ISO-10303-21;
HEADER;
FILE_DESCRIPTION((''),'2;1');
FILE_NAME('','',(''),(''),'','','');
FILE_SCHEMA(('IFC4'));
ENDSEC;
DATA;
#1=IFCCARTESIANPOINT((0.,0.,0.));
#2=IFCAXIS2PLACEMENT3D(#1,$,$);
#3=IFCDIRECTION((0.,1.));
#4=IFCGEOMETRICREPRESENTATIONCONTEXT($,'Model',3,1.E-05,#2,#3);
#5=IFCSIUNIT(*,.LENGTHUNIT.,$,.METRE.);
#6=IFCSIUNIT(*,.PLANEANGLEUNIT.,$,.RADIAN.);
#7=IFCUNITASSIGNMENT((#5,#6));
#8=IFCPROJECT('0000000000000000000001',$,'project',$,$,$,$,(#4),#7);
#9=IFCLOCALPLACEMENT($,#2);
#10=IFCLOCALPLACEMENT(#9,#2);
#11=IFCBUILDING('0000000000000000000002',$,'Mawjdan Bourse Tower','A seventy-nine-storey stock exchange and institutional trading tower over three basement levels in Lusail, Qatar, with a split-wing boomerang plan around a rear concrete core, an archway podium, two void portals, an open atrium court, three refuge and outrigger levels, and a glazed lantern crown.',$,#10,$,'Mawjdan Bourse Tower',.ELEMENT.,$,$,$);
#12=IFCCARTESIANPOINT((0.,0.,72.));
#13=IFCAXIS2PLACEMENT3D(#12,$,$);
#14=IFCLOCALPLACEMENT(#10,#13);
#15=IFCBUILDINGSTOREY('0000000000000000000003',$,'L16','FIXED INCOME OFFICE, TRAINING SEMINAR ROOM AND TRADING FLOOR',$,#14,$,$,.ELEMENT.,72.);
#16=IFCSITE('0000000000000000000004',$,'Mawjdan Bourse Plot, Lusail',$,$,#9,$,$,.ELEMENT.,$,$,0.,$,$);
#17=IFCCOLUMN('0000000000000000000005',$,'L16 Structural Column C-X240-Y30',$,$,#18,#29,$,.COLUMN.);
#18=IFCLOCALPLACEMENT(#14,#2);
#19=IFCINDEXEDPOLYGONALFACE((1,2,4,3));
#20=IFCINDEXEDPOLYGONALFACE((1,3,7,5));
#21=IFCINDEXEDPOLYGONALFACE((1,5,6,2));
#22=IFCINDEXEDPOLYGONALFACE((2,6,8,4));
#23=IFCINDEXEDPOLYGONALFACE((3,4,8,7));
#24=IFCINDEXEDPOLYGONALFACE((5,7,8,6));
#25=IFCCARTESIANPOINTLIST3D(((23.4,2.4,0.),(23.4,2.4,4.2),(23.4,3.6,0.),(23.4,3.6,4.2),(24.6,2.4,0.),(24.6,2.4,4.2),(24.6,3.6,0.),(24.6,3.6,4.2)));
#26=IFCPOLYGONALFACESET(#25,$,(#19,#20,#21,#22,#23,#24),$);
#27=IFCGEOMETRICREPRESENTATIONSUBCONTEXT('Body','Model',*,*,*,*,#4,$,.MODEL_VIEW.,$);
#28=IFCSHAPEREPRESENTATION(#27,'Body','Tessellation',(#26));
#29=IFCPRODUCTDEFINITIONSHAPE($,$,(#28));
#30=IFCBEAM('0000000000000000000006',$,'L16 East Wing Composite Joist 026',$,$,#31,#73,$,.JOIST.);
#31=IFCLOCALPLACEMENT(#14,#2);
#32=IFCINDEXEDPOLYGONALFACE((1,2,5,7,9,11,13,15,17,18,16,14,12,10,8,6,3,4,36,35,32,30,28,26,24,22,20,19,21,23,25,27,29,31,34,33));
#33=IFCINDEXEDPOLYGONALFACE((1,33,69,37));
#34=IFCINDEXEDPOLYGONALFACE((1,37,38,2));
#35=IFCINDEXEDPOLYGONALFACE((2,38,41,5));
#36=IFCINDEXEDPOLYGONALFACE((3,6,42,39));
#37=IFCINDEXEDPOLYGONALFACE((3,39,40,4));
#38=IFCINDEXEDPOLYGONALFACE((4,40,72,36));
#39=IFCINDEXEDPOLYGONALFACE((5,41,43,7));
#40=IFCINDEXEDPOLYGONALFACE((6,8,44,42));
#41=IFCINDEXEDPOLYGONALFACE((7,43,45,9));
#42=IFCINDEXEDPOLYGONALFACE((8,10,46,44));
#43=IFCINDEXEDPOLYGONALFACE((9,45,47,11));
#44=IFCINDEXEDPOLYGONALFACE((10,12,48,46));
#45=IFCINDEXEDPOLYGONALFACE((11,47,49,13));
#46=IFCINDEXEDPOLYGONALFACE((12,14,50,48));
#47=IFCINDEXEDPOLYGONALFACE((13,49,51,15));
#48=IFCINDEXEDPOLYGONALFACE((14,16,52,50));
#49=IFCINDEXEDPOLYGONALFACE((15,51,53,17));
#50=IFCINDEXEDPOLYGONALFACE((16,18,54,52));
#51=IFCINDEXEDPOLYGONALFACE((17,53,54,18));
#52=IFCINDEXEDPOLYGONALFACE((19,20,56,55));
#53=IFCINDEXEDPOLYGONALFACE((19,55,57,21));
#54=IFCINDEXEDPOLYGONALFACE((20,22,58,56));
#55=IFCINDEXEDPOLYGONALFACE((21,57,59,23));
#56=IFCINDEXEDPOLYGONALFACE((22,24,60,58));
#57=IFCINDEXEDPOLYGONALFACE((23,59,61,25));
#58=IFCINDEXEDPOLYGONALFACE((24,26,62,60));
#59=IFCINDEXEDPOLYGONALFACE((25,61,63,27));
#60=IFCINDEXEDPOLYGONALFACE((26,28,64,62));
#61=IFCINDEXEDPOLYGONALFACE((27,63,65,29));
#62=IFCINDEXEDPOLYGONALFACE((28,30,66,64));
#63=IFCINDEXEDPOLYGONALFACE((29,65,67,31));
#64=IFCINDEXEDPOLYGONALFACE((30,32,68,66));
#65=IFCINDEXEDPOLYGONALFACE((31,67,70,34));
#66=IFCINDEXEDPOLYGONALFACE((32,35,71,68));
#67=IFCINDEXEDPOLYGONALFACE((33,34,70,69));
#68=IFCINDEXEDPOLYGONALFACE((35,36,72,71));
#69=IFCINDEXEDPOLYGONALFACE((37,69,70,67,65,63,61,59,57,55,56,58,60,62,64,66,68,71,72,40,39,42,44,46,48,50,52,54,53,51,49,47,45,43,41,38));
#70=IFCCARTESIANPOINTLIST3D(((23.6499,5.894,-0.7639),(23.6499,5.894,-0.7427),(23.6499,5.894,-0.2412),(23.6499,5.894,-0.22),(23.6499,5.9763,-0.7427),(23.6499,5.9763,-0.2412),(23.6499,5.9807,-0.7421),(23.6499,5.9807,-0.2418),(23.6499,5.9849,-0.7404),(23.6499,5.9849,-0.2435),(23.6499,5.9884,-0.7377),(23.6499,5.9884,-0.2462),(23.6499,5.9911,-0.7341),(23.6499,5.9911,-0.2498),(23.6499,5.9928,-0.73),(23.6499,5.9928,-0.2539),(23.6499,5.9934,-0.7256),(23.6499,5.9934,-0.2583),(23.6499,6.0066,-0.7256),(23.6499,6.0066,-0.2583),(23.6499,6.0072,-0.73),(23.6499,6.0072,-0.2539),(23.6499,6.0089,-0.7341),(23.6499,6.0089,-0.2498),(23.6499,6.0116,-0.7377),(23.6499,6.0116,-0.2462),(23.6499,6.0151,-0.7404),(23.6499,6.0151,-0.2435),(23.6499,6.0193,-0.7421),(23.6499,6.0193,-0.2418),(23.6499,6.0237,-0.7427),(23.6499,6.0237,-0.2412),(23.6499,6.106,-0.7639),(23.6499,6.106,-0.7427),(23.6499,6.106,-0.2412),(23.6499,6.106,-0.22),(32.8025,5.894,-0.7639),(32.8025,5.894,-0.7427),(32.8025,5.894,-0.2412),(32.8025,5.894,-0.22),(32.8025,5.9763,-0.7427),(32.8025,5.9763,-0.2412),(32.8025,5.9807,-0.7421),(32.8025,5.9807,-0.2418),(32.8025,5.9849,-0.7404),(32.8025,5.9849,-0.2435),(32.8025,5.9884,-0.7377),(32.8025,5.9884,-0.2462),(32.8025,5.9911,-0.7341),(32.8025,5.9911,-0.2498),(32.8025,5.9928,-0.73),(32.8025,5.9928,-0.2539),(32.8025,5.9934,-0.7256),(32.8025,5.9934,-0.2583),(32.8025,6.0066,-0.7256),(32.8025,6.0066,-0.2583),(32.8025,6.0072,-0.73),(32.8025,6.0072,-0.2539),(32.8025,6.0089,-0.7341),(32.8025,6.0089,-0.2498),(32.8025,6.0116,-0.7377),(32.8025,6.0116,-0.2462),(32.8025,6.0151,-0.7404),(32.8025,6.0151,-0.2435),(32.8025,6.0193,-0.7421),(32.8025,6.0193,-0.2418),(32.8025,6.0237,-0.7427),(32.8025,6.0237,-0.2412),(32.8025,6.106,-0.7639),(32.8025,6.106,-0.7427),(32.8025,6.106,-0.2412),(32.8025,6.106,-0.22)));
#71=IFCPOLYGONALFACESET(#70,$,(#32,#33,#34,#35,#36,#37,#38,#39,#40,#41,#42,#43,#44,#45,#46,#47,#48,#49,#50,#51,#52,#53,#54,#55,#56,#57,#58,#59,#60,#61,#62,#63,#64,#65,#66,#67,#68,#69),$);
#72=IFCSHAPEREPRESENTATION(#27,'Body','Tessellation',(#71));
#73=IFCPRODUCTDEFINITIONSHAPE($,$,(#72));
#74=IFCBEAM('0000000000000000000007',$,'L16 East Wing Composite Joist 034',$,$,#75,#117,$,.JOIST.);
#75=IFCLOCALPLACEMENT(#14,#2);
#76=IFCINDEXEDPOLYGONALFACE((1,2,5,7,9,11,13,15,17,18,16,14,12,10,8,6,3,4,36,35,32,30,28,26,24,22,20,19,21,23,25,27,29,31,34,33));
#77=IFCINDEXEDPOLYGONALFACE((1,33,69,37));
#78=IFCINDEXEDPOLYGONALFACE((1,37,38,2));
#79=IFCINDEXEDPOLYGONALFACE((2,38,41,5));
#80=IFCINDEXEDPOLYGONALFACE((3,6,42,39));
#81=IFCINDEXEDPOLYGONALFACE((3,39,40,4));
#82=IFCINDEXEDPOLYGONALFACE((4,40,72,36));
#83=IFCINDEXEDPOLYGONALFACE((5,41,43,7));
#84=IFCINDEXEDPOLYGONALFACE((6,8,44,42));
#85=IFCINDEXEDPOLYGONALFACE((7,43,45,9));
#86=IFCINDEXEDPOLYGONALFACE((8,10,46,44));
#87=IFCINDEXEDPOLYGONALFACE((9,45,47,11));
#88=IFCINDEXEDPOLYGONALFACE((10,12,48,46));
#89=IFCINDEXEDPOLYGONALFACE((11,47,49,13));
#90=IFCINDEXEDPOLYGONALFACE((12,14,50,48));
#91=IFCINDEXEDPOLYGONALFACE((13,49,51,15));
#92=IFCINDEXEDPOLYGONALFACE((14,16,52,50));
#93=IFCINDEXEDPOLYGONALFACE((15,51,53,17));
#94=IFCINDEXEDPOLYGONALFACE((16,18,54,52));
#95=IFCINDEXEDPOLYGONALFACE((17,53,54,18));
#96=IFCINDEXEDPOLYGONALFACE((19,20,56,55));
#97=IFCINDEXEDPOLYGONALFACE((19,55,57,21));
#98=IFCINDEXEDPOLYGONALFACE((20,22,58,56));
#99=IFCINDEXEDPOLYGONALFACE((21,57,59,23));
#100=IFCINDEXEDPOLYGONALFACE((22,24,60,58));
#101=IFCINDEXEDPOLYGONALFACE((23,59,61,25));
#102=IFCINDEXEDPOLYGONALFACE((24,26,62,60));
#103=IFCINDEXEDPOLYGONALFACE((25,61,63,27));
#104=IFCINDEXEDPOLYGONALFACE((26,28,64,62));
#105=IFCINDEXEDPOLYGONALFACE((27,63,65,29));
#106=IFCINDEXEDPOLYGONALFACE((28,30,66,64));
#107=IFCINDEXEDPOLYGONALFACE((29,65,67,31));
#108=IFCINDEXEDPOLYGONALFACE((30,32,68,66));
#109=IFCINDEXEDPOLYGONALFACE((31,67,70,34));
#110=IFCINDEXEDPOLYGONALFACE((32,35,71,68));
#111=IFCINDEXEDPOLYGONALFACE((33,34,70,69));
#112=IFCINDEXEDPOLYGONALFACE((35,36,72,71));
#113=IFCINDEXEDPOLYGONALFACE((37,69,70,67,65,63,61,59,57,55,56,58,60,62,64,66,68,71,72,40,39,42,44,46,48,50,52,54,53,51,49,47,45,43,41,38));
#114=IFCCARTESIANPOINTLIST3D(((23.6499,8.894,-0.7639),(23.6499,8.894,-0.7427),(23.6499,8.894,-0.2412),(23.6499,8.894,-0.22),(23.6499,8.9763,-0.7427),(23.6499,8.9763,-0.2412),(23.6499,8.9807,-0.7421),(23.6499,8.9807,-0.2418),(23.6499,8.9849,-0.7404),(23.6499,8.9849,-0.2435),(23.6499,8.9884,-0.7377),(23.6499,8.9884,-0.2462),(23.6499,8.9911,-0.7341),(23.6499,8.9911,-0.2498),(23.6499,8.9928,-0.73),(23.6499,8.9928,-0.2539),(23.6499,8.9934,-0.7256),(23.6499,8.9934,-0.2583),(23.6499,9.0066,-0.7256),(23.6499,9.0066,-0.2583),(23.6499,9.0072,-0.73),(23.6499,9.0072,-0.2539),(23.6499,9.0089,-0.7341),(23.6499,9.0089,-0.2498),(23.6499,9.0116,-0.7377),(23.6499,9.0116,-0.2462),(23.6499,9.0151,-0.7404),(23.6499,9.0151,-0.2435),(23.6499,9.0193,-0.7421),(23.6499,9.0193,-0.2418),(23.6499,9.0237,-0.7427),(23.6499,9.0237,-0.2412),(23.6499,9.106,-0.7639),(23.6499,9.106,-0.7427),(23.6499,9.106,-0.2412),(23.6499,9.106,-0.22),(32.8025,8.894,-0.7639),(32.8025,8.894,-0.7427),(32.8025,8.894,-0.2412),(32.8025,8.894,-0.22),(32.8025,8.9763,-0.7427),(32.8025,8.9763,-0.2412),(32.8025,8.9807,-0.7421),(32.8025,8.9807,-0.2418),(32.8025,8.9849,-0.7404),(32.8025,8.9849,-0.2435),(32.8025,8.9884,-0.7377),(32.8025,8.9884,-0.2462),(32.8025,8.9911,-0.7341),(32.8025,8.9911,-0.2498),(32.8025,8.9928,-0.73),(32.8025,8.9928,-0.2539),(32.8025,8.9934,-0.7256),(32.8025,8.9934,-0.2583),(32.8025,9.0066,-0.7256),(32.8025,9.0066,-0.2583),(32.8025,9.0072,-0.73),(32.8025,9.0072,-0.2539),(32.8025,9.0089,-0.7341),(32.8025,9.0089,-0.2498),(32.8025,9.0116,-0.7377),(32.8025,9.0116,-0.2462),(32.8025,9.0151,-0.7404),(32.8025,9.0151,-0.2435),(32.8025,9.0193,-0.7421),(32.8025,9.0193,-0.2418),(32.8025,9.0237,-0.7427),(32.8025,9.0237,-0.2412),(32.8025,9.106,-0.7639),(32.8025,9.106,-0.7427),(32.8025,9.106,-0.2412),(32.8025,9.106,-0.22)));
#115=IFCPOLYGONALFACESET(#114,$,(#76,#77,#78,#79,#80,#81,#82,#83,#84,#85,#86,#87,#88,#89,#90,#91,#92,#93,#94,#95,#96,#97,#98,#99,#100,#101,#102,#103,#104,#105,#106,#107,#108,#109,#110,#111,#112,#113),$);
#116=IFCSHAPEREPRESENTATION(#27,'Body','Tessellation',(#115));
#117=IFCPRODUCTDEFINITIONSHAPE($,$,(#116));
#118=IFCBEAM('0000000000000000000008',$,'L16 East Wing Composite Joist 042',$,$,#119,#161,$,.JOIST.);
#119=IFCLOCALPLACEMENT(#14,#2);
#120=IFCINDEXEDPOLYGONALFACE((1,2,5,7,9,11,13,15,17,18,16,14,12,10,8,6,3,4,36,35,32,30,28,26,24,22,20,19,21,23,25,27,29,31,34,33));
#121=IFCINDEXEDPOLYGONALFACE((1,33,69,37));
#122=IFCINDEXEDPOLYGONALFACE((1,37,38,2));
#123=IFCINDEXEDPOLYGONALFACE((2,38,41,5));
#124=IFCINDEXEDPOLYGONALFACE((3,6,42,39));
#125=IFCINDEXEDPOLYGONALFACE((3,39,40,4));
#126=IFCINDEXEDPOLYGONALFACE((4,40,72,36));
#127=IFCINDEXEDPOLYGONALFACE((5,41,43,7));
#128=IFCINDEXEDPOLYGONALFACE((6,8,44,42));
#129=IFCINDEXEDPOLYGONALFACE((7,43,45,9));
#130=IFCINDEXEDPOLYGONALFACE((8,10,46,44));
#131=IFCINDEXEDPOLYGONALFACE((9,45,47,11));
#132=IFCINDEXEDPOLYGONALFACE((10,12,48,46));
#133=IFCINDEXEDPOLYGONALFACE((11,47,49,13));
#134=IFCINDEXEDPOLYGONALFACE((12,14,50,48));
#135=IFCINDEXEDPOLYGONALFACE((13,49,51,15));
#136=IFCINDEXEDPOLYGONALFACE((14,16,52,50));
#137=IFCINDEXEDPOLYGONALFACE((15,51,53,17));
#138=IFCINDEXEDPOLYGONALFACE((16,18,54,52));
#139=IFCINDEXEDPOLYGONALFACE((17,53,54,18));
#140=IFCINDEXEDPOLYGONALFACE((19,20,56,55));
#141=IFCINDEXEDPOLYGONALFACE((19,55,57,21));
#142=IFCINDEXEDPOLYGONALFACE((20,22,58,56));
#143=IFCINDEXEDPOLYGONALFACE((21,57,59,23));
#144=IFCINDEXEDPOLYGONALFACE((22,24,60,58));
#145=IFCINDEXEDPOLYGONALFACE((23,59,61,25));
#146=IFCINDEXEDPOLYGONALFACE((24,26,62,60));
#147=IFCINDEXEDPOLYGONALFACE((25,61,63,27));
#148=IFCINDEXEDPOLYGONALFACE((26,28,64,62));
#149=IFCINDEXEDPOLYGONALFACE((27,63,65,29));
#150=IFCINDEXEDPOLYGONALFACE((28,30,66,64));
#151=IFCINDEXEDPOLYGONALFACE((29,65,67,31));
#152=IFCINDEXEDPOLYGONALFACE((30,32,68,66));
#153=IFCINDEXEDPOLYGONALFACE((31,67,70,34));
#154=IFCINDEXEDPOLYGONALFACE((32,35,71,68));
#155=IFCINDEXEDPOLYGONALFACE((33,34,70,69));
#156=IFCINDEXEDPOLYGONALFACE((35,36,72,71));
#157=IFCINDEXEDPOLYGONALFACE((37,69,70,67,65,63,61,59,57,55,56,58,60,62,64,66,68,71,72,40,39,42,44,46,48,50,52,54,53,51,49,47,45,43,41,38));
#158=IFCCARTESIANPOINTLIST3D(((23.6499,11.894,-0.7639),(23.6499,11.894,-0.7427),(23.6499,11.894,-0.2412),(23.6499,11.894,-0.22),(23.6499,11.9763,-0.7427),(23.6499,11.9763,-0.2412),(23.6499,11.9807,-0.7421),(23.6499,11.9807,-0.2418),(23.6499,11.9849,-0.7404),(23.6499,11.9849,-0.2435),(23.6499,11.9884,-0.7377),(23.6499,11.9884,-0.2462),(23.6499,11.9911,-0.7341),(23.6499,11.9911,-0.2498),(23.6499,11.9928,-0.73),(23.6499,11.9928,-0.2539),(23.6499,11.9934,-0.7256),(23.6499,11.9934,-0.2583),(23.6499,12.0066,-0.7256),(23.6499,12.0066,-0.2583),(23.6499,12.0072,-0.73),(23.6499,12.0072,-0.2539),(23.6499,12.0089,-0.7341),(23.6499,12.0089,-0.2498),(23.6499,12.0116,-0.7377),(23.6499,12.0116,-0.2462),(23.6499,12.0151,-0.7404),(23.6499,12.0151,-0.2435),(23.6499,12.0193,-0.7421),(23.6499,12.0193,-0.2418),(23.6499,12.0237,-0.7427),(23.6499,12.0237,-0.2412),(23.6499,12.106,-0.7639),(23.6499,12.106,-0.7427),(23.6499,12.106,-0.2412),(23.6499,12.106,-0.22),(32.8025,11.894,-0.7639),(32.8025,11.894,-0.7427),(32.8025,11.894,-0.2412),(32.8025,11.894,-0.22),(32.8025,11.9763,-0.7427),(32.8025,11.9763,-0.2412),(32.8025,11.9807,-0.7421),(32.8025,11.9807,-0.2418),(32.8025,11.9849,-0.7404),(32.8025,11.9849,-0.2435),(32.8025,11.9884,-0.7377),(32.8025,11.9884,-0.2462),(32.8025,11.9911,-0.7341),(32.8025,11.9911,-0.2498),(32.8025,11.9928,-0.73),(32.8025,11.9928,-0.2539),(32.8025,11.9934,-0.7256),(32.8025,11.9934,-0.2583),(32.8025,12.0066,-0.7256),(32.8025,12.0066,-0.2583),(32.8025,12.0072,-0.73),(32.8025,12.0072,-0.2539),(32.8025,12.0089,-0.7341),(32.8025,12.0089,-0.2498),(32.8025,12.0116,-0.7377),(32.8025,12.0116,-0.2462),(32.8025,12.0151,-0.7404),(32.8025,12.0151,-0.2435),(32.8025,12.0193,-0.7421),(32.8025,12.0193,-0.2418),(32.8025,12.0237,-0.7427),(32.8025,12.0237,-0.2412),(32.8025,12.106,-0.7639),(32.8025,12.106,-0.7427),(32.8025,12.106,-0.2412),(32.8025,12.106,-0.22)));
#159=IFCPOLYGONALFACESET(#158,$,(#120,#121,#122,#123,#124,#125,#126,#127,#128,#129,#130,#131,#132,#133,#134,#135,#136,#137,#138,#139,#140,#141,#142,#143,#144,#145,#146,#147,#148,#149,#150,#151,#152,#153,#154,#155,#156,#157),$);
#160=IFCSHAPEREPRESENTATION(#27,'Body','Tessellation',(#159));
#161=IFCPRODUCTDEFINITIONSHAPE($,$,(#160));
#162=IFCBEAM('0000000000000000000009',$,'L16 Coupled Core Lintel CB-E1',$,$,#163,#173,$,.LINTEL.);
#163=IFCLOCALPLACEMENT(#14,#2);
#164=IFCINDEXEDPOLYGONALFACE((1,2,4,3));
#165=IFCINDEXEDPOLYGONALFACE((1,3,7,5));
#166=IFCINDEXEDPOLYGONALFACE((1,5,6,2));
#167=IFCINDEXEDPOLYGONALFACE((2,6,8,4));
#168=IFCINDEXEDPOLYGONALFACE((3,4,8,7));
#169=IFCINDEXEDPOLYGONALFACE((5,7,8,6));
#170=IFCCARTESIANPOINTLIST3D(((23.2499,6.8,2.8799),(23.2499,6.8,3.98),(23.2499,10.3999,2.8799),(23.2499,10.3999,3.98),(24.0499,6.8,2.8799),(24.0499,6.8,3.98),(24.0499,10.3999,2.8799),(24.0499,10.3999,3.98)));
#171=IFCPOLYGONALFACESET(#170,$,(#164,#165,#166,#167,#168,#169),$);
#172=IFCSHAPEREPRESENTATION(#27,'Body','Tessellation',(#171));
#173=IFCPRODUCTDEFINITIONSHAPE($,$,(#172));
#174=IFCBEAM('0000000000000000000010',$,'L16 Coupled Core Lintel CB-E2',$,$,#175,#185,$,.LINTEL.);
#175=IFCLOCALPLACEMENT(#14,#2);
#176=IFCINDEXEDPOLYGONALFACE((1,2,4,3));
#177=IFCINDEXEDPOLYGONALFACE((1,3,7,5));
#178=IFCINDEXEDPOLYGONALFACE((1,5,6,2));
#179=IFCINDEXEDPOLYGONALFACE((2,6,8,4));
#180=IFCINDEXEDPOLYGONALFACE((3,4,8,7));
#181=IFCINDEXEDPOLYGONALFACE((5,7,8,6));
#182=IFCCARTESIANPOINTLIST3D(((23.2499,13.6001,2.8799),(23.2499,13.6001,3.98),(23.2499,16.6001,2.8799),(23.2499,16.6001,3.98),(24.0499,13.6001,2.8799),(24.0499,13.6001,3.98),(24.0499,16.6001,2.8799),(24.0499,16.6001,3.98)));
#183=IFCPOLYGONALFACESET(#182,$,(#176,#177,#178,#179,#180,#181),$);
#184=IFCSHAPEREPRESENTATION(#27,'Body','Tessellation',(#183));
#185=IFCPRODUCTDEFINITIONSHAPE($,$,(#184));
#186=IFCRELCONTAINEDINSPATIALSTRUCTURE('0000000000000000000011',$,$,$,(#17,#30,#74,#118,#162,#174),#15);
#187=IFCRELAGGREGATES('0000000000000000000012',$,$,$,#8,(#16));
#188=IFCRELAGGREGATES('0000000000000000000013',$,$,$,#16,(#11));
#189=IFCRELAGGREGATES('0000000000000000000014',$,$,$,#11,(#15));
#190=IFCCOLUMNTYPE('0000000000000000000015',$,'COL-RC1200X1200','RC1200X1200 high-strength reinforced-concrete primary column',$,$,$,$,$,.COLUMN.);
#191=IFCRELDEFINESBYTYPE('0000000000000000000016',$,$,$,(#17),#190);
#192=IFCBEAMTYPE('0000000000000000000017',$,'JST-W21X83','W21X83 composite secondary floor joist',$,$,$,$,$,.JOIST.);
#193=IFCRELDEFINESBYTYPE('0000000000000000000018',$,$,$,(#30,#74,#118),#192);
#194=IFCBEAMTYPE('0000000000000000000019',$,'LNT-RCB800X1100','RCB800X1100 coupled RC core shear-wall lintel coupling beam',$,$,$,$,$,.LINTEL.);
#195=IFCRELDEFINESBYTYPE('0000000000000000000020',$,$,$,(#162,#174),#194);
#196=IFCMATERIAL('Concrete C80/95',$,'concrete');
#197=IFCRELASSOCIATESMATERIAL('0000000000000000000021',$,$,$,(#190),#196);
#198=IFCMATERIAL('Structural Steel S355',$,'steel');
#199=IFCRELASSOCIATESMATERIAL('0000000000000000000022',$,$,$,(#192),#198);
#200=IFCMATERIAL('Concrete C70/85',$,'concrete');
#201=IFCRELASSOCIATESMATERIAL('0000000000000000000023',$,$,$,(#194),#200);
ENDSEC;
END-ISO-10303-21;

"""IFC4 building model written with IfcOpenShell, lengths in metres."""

from ifc_helpers import new_model, si_unit, direction, frame, origin, origin_2d, place, context, subcontext, project, spatial, rectangle, i_section, extrude, material, material_profile, profile_set, type_object, element, save


model = new_model("IFC4")

# Units and contexts
model_context = context("Model", 3, precision=1e-05, world=origin(), true_north=direction((0.0, 1.0)))
body_context = subcontext(model_context, "Body", "Model", "MODEL_VIEW")
ifc_project = project(units=[si_unit("LENGTHUNIT", "METRE"), si_unit("PLANEANGLEUNIT", "RADIAN")], contexts=[model_context])

# Site, building, storey
site_placement = place(None, origin())
site = spatial("IfcSite", under=ifc_project, at=site_placement, Name="Mawjdan Bourse Plot, Lusail", CompositionType="ELEMENT", RefElevation=0.0)
building_placement = place(site_placement, origin())
building = spatial("IfcBuilding", under=site, at=building_placement, Name="Mawjdan Bourse Tower", Description="A seventy-nine-storey stock exchange and institutional trading tower over three basement levels in Lusail, Qatar, with a split-wing boomerang plan around a rear concrete core, an archway podium, two void portals, an open atrium court, three refuge and outrigger levels, and a glazed lantern crown.", LongName="Mawjdan Bourse Tower", CompositionType="ELEMENT")
storey_placement = place(building_placement, frame((0.0, 0.0, 72.0)))
storey = spatial("IfcBuildingStorey", under=building, at=storey_placement, Name="L16", Description="FIXED INCOME OFFICE, TRAINING SEMINAR ROOM AND TRADING FLOOR", CompositionType="ELEMENT", Elevation=72.0)

# Column
ifc_material_1 = material(Name="Concrete C80/95", Category="concrete")
ifc_material_profile_1 = material_profile(ifc_material_1, rectangle(XDim=1.2, YDim=1.2, at=origin_2d()), Name="RC1200X1200")
ifc_profile_set_1 = profile_set([ifc_material_profile_1], Name="Concrete C80/95")
column_type = type_object("IfcColumnType", Name="COL-RC1200X1200", Description="RC1200X1200 high-strength reinforced-concrete primary column", PredefinedType="COLUMN", material=ifc_profile_set_1)
column_placement = place(storey_placement, frame((24.0, 3.0, 0.0), z_axis=(0.0, 0.0, 1.0), x_axis=(1.0, 0.0, 0.0)))
element("IfcColumn", 1, at=column_placement, inside=storey, type_object=column_type, Name="L16 Structural Column C-X240-Y30", PredefinedType="COLUMN", context=body_context, shape_type="SweptSolid", body=[
    extrude(rectangle(XDim=1.2, YDim=1.2, at=origin_2d()), origin(), (0.0, 0.0, 1.0), 4.2),
])

# Beams
ifc_material_2 = material(Name="Structural Steel S355", Category="steel")
ifc_material_profile_2 = material_profile(ifc_material_2, i_section(OverallWidth=0.2119, OverallDepth=0.5439, WebThickness=0.0132, FlangeThickness=0.0212, FilletRadius=0.0171, at=origin_2d()), Name="W21X83")
ifc_profile_set_2 = profile_set([ifc_material_profile_2], Name="Structural Steel S355")
beam_type_1 = type_object("IfcBeamType", Name="JST-W21X83", Description="W21X83 composite secondary floor joist", PredefinedType="JOIST", material=ifc_profile_set_2)
for number, where, z_axis, x_axis, name in (
    (2, (23.6499, 6.0, -0.4919), (1.0, 0.0, 0.0), (0.0, 1.0, 0.0), "L16 East Wing Composite Joist 026"),
    (3, (23.6499, 9.0, -0.4919), (1.0, 0.0, 0.0), (0.0, 1.0, 0.0), "L16 East Wing Composite Joist 034"),
    (4, (23.6499, 12.0, -0.4919), (1.0, 0.0, 0.0), (0.0, 1.0, 0.0), "L16 East Wing Composite Joist 042"),
):
    element("IfcBeam", number, at=place(storey_placement, frame(where, z_axis=z_axis, x_axis=x_axis)), inside=storey, type_object=beam_type_1, Name=name, PredefinedType="JOIST", context=body_context, shape_type="SweptSolid", body=[
        extrude(i_section(OverallWidth=0.2119, OverallDepth=0.5439, WebThickness=0.0132, FlangeThickness=0.0212, FilletRadius=0.0171, at=origin_2d()), origin(), (0.0, 0.0, 1.0), 9.1526),
    ])
ifc_material_3 = material(Name="Concrete C70/85", Category="concrete")
ifc_material_profile_3 = material_profile(ifc_material_3, rectangle(XDim=0.8, YDim=1.1001, at=origin_2d()), Name="RCB800X1100")
ifc_profile_set_3 = profile_set([ifc_material_profile_3], Name="Concrete C70/85")
beam_type_2 = type_object("IfcBeamType", Name="LNT-RCB800X1100", Description="RCB800X1100 coupled RC core shear-wall lintel coupling beam", PredefinedType="LINTEL", material=ifc_profile_set_3)
beam_1_placement = place(storey_placement, frame((23.6499, 6.8, 3.4299), z_axis=(0.0, 1.0, 0.0), x_axis=(-1.0, 0.0, 0.0)))
element("IfcBeam", 5, at=beam_1_placement, inside=storey, type_object=beam_type_2, Name="L16 Coupled Core Lintel CB-E1", PredefinedType="LINTEL", context=body_context, shape_type="SweptSolid", body=[
    extrude(rectangle(XDim=0.8, YDim=1.1001, at=origin_2d()), origin(), (0.0, 0.0, 1.0), 3.5999),
])
beam_2_placement = place(storey_placement, frame((23.6499, 13.6001, 3.4299), z_axis=(0.0, 1.0, 0.0), x_axis=(-1.0, 0.0, 0.0)))
element("IfcBeam", 6, at=beam_2_placement, inside=storey, type_object=beam_type_2, Name="L16 Coupled Core Lintel CB-E2", PredefinedType="LINTEL", context=body_context, shape_type="SweptSolid", body=[
    extrude(rectangle(XDim=0.8, YDim=1.1001, at=origin_2d()), origin(), (0.0, 0.0, 1.0), 3.0),
])

save(model, "model.ifc")
